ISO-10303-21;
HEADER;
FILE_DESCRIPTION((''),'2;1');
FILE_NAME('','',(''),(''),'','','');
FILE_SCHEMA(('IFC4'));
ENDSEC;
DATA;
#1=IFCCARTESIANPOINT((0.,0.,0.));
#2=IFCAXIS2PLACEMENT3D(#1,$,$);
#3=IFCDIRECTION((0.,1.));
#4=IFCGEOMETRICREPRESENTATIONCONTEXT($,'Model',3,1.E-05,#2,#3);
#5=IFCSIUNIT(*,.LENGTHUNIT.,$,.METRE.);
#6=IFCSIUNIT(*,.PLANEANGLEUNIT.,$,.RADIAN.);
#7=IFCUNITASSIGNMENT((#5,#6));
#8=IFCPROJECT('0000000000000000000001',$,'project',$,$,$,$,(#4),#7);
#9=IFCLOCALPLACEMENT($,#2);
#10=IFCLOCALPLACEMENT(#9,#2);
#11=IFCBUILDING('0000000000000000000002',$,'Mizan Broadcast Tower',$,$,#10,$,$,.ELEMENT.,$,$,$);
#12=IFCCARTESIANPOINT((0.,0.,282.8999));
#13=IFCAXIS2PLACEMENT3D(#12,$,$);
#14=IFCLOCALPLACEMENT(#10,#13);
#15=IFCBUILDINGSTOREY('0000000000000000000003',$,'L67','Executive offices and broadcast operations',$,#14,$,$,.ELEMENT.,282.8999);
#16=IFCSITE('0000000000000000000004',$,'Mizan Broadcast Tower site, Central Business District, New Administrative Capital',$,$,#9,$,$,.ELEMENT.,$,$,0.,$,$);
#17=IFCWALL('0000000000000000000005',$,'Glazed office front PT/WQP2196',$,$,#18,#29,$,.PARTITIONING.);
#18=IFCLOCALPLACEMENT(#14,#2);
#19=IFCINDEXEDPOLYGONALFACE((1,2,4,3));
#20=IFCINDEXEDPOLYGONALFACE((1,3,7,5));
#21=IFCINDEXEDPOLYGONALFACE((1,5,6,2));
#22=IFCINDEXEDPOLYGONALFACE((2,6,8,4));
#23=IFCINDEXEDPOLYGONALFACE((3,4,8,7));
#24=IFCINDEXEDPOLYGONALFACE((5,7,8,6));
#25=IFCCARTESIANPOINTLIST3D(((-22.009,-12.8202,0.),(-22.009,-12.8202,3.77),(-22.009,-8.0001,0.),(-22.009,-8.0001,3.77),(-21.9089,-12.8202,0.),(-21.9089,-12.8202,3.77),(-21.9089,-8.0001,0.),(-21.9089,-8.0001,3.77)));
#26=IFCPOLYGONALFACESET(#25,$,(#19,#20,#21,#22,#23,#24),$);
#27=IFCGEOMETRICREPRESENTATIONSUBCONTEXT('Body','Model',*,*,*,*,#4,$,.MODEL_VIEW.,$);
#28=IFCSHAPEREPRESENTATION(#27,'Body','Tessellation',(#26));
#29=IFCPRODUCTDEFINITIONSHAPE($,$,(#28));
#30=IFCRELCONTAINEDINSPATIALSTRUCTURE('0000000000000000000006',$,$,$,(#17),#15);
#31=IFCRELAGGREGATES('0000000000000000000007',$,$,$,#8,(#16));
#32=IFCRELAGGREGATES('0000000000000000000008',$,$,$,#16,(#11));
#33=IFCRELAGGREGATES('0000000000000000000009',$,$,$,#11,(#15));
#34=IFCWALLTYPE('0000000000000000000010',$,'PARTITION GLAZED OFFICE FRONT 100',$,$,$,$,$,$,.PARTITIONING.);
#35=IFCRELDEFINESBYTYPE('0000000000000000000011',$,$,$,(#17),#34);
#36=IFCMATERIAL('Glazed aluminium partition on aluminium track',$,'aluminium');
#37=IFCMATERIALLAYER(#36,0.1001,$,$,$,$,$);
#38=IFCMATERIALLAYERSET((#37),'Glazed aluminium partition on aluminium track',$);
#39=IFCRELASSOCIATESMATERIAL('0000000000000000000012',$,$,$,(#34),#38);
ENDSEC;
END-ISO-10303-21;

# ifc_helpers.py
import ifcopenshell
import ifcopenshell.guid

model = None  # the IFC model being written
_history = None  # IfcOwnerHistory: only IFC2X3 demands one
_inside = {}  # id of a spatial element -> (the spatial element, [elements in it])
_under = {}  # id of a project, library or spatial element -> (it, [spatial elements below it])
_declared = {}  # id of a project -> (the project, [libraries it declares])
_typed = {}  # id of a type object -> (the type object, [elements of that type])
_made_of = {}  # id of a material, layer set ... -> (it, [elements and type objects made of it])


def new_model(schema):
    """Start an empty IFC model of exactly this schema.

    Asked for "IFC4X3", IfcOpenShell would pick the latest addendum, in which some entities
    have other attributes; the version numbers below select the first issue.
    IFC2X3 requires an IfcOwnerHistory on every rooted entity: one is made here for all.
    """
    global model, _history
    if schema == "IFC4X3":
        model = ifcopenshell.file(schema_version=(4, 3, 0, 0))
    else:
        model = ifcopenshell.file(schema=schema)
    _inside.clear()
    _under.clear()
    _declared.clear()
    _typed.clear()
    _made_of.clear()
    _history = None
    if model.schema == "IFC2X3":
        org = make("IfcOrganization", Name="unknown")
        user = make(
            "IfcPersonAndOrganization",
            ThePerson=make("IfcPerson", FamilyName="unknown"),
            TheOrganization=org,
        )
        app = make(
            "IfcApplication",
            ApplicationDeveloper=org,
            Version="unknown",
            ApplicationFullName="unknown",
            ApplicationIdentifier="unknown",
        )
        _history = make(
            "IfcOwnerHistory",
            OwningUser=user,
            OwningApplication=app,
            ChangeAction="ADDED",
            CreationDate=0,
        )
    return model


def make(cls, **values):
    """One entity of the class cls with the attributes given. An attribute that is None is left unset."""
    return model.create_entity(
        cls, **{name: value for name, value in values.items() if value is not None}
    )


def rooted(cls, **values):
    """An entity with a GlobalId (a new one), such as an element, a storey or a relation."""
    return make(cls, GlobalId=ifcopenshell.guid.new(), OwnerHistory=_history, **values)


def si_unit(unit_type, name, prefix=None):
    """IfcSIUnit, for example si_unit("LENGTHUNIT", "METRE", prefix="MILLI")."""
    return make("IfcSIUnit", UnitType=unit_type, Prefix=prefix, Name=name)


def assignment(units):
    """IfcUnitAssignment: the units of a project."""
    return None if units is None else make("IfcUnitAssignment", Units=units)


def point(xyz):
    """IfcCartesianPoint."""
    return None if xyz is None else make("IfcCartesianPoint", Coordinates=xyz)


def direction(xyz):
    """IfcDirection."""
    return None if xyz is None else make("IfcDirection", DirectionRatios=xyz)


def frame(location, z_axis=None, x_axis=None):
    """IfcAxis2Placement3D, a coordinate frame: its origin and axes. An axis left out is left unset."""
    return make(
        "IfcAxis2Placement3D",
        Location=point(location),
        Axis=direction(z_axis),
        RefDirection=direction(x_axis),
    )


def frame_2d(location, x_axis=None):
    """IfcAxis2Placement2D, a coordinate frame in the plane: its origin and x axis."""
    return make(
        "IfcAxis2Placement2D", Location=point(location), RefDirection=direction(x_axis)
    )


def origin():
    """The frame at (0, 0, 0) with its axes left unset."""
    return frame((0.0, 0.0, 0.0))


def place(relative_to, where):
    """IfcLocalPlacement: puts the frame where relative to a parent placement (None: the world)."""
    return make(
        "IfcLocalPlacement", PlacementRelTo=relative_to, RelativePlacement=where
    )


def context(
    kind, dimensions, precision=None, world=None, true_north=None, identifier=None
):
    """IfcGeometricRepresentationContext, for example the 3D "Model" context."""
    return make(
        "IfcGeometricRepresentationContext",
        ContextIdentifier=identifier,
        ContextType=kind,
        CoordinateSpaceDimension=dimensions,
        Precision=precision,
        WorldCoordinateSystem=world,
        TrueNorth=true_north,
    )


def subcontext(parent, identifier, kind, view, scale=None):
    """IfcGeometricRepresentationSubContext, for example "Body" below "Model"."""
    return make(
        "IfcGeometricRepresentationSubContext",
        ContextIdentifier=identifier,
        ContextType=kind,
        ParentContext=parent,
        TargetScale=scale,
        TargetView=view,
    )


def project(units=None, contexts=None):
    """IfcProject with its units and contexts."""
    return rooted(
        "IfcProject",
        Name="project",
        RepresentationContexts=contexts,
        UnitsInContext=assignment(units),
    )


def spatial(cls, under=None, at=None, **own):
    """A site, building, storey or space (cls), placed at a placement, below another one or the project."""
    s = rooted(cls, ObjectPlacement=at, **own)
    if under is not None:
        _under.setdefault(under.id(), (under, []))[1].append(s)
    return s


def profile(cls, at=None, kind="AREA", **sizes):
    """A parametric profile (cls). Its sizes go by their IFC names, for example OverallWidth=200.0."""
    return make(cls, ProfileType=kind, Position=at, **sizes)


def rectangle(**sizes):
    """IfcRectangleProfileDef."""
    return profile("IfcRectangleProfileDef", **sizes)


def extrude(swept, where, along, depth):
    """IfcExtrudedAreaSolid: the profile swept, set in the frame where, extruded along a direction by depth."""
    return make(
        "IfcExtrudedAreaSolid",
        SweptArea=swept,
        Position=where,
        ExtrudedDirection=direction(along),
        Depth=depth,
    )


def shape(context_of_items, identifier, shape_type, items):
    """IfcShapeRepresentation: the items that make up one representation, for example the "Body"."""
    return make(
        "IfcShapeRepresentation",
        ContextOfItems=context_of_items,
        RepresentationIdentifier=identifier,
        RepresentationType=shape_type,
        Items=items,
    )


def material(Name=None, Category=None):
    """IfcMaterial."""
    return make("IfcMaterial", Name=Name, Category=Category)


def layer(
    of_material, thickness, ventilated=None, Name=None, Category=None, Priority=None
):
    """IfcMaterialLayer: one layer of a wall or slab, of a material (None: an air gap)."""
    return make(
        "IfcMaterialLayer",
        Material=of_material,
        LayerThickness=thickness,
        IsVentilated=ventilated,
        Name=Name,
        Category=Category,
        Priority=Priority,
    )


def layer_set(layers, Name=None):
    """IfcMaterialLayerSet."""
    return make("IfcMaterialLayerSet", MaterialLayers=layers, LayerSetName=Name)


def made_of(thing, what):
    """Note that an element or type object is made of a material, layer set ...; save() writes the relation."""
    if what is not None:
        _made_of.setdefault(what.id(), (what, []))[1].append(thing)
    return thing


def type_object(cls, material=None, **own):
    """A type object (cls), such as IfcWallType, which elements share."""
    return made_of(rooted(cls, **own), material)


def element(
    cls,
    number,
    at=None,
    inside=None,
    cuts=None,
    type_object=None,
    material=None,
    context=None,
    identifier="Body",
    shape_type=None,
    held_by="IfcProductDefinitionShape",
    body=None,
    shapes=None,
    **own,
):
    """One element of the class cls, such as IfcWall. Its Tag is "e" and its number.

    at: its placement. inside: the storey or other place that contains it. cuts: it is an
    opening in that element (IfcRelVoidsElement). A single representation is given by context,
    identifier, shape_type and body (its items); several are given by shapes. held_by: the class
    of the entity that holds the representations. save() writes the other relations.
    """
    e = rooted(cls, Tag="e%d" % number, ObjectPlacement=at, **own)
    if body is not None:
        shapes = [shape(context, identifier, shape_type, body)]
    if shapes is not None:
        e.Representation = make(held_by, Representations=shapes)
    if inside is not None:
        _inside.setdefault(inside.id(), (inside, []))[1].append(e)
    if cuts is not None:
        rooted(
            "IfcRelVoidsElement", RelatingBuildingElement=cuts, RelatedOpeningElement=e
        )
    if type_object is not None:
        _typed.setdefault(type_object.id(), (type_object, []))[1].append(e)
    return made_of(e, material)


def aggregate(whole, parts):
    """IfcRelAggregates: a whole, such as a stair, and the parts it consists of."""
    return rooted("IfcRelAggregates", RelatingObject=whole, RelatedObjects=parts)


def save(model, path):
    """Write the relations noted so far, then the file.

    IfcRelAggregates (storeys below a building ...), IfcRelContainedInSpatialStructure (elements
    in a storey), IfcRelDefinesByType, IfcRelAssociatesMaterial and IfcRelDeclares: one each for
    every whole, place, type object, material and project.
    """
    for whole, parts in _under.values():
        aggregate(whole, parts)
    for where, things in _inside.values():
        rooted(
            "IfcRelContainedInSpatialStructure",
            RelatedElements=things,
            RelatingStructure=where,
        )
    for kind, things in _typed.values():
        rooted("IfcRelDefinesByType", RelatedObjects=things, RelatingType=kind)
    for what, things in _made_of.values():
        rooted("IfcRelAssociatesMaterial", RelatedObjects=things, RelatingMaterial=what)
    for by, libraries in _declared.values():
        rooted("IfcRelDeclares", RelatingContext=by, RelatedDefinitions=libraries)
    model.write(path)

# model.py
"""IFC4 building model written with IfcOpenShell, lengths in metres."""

from ifc_helpers import new_model, si_unit, direction, frame, frame_2d, origin, place, context, subcontext, project, spatial, rectangle, extrude, material, layer, layer_set, type_object, element, save


model = new_model("IFC4")

# Units and contexts
model_context = context("Model", 3, precision=1e-05, world=origin(), true_north=direction((0.0, 1.0)))
body_context = subcontext(model_context, "Body", "Model", "MODEL_VIEW")
ifc_project = project(units=[si_unit("LENGTHUNIT", "METRE"), si_unit("PLANEANGLEUNIT", "RADIAN")], contexts=[model_context])

# Site, building, storey
site_placement = place(None, origin())
site = spatial("IfcSite", under=ifc_project, at=site_placement, Name="Mizan Broadcast Tower site, Central Business District, New Administrative Capital", CompositionType="ELEMENT", RefElevation=0.0)
building_placement = place(site_placement, origin())
building = spatial("IfcBuilding", under=site, at=building_placement, Name="Mizan Broadcast Tower", CompositionType="ELEMENT")
storey_placement = place(building_placement, frame((0.0, 0.0, 282.8999)))
storey = spatial("IfcBuildingStorey", under=building, at=storey_placement, Name="L67", Description="Executive offices and broadcast operations", CompositionType="ELEMENT", Elevation=282.8999)

# Wall
ifc_material_1 = material(Name="Glazed aluminium partition on aluminium track", Category="aluminium")
ifc_layer_1 = layer(ifc_material_1, 0.1001)
ifc_layer_set_1 = layer_set([ifc_layer_1], Name="Glazed aluminium partition on aluminium track")
wall_type = type_object("IfcWallType", Name="PARTITION GLAZED OFFICE FRONT 100", PredefinedType="PARTITIONING", material=ifc_layer_set_1)
wall_placement = place(storey_placement, frame((-21.959, -8.0, 0.0), z_axis=(0.0, 0.0, 1.0), x_axis=(0.0, -1.0, 0.0)))
element("IfcWall", 1, at=wall_placement, inside=storey, type_object=wall_type, Name="Glazed office front PT/WQP2196", PredefinedType="PARTITIONING", context=body_context, shape_type="SweptSolid", body=[
    extrude(rectangle(XDim=4.8201, YDim=0.1001, at=frame_2d((2.4102, 0.0))), origin(), (0.0, 0.0, 1.0), 3.77),
])

save(model, "model.ifc")
